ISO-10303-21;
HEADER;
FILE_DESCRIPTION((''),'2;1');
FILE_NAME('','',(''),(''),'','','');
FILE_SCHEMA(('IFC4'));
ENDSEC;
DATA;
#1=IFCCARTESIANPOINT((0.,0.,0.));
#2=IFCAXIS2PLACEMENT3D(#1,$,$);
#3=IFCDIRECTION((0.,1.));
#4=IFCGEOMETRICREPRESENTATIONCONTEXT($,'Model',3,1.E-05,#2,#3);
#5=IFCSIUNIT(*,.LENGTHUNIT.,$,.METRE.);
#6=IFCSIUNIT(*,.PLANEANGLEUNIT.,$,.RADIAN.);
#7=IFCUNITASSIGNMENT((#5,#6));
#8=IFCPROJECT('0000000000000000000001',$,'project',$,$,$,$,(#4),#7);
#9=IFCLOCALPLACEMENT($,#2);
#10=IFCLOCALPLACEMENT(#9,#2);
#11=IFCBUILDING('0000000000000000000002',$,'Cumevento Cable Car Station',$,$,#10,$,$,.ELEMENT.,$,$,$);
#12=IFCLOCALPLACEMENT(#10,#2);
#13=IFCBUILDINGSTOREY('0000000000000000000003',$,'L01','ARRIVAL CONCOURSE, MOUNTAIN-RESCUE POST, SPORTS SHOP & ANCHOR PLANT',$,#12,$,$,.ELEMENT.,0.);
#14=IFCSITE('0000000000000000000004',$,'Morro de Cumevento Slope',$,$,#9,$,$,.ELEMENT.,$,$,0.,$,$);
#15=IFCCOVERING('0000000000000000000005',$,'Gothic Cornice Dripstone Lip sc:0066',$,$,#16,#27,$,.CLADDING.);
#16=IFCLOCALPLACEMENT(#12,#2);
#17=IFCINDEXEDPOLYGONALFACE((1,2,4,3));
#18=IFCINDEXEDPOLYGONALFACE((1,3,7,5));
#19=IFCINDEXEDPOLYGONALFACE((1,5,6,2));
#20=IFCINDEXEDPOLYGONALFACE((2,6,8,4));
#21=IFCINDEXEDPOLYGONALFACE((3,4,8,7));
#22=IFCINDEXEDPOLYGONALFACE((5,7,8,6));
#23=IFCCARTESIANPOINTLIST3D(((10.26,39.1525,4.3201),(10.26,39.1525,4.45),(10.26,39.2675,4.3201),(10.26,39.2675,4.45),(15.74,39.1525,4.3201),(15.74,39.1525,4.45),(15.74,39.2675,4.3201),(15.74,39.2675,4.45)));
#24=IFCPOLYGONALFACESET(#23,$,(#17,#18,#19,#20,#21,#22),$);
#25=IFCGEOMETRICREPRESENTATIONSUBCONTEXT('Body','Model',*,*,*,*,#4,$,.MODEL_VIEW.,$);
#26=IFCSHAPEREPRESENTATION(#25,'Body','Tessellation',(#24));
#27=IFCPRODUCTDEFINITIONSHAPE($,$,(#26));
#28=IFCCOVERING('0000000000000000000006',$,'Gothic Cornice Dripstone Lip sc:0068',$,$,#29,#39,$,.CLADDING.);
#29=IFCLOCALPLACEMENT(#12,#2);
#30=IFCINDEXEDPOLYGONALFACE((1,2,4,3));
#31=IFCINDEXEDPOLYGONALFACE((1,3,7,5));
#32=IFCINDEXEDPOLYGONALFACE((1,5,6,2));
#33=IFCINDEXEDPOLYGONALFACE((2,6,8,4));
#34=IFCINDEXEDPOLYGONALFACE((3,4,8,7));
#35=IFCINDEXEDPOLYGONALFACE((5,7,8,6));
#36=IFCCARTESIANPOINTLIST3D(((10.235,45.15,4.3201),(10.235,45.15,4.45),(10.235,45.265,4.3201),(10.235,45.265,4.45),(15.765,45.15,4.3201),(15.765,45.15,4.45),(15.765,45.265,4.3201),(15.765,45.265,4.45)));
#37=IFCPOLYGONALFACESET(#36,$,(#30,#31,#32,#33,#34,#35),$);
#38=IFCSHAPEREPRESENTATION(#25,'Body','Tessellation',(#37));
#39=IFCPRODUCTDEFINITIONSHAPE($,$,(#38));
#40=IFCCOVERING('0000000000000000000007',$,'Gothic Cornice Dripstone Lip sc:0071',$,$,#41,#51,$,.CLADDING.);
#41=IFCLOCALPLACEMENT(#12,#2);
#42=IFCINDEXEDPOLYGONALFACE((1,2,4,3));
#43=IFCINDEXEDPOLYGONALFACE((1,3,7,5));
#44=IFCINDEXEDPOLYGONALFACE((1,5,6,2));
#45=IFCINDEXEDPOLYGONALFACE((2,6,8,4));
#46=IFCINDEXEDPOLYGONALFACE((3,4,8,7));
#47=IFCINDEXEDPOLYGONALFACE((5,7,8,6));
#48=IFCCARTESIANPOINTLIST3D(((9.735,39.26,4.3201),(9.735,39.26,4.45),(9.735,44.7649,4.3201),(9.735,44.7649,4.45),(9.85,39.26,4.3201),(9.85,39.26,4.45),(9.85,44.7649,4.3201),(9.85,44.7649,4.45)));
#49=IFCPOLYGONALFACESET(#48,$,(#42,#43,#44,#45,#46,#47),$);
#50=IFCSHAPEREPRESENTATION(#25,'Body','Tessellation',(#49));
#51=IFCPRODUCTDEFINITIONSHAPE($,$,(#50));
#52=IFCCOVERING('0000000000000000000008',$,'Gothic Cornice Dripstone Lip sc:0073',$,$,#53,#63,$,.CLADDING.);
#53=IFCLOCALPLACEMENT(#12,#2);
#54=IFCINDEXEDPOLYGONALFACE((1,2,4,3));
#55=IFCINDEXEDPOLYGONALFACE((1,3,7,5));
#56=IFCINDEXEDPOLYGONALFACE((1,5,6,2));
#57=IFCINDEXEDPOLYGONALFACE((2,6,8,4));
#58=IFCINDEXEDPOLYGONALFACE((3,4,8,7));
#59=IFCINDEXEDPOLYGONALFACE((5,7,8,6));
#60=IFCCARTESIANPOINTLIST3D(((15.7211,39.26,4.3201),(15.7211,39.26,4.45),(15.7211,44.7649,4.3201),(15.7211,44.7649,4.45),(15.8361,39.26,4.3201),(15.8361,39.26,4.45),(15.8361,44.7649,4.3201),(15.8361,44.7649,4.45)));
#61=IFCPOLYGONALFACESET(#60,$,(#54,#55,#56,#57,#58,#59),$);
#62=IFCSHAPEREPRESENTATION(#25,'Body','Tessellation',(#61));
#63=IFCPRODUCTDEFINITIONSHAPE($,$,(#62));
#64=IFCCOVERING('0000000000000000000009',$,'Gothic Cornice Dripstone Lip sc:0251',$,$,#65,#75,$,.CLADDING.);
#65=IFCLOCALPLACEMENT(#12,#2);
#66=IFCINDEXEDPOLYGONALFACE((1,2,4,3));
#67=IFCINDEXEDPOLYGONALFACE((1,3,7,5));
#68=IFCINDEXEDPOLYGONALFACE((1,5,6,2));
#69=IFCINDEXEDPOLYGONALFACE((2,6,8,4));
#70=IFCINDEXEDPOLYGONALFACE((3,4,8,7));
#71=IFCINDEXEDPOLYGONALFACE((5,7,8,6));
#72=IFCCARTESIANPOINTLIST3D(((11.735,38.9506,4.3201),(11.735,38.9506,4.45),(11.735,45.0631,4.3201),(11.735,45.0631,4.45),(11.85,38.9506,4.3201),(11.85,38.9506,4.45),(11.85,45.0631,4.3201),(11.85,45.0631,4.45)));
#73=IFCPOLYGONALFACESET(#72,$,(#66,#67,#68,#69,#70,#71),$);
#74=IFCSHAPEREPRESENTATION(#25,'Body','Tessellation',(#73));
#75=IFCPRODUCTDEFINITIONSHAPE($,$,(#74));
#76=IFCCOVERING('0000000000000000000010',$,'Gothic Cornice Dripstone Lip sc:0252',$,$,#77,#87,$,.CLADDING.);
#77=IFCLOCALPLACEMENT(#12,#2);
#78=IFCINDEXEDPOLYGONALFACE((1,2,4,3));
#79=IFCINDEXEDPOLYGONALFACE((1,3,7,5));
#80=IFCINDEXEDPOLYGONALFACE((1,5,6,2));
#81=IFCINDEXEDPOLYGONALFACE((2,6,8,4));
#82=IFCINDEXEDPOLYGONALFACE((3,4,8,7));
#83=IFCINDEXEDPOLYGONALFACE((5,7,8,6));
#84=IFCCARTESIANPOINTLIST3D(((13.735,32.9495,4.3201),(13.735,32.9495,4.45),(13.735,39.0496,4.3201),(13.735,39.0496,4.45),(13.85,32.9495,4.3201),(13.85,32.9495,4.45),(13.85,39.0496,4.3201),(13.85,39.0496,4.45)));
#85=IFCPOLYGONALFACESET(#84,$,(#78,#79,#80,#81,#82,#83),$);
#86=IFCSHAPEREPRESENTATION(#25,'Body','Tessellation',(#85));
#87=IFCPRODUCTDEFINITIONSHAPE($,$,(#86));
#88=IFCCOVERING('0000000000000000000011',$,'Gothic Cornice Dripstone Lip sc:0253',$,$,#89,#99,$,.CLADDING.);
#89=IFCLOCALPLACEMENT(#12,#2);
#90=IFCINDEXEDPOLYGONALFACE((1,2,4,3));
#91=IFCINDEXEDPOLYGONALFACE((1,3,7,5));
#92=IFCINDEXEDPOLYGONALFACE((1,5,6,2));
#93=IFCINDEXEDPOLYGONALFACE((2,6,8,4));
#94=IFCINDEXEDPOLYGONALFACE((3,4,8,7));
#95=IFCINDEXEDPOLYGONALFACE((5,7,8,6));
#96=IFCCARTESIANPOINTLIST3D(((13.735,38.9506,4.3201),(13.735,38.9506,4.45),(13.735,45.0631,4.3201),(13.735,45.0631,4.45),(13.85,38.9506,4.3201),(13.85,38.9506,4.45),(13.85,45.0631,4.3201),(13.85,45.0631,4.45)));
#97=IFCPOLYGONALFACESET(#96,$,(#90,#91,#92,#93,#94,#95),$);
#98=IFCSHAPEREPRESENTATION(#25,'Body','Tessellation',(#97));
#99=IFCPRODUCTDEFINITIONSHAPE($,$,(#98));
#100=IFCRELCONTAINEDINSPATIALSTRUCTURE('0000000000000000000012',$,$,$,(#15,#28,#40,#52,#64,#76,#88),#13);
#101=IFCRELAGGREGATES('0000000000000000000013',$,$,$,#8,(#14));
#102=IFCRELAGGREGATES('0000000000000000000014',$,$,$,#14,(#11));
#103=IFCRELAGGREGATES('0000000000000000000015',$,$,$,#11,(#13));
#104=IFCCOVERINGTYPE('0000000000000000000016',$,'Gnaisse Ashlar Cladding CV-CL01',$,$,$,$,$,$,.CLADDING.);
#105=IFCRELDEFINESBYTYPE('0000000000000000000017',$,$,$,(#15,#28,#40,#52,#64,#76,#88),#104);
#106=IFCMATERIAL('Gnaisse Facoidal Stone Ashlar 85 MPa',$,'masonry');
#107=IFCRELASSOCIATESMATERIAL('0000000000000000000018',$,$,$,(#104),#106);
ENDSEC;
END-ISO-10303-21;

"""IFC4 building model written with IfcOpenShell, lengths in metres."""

from ifc_helpers import new_model, si_unit, direction, frame, origin, origin_2d, place, context, subcontext, project, spatial, rectangle, extrude, material, type_object, element, save


model = new_model("IFC4")

# Units and contexts
model_context = context("Model", 3, precision=1e-05, world=origin(), true_north=direction((0.0, 1.0)))
body_context = subcontext(model_context, "Body", "Model", "MODEL_VIEW")
ifc_project = project(units=[si_unit("LENGTHUNIT", "METRE"), si_unit("PLANEANGLEUNIT", "RADIAN")], contexts=[model_context])

# Site, building, storey
site_placement = place(None, origin())
site = spatial("IfcSite", under=ifc_project, at=site_placement, Name="Morro de Cumevento Slope", CompositionType="ELEMENT", RefElevation=0.0)
building_placement = place(site_placement, origin())
building = spatial("IfcBuilding", under=site, at=building_placement, Name="Cumevento Cable Car Station", CompositionType="ELEMENT")
storey_placement = place(building_placement, origin())
storey = spatial("IfcBuildingStorey", under=building, at=storey_placement, Name="L01", Description="ARRIVAL CONCOURSE, MOUNTAIN-RESCUE POST, SPORTS SHOP & ANCHOR PLANT", CompositionType="ELEMENT", Elevation=0.0)

# Coverings
ifc_material = material(Name="Gnaisse Facoidal Stone Ashlar 85 MPa", Category="masonry")
covering_type = type_object("IfcCoveringType", Name="Gnaisse Ashlar Cladding CV-CL01", PredefinedType="CLADDING", material=ifc_material)
covering_1_placement = place(storey_placement, frame((13.0, 39.21, 4.3201), z_axis=(0.0, 0.0, 1.0), x_axis=(1.0, 0.0, 0.0)))
element("IfcCovering", 1, at=covering_1_placement, inside=storey, type_object=covering_type, Name="Gothic Cornice Dripstone Lip sc:0066", PredefinedType="CLADDING", context=body_context, shape_type="SweptSolid", body=[
    extrude(rectangle(XDim=5.48, YDim=0.115, at=origin_2d()), origin(), (0.0, 0.0, 1.0), 0.1299),
])
covering_2_placement = place(storey_placement, frame((13.0, 45.2075, 4.3201), z_axis=(0.0, 0.0, 1.0), x_axis=(1.0, 0.0, 0.0)))
element("IfcCovering", 2, at=covering_2_placement, inside=storey, type_object=covering_type, Name="Gothic Cornice Dripstone Lip sc:0068", PredefinedType="CLADDING", context=body_context, shape_type="SweptSolid", body=[
    extrude(rectangle(XDim=5.53, YDim=0.115, at=origin_2d()), origin(), (0.0, 0.0, 1.0), 0.1299),
])
for number, where, z_axis, x_axis, name in (
    (3, (9.7925, 42.0125, 4.3201), (0.0, 0.0, 1.0), (0.0, 1.0, 0.0), "Gothic Cornice Dripstone Lip sc:0071"),
    (4, (15.7786, 42.0125, 4.3201), (0.0, 0.0, 1.0), (0.0, 1.0, 0.0), "Gothic Cornice Dripstone Lip sc:0073"),
):
    element("IfcCovering", number, at=place(storey_placement, frame(where, z_axis=z_axis, x_axis=x_axis)), inside=storey, type_object=covering_type, Name=name, PredefinedType="CLADDING", context=body_context, shape_type="SweptSolid", body=[
        extrude(rectangle(XDim=5.5049, YDim=0.115, at=origin_2d()), origin(), (0.0, 0.0, 1.0), 0.1299),
    ])
covering_3_placement = place(storey_placement, frame((11.7925, 42.0068, 4.3201), z_axis=(0.0, 0.0, 1.0), x_axis=(0.0, 1.0, 0.0)))
element("IfcCovering", 5, at=covering_3_placement, inside=storey, type_object=covering_type, Name="Gothic Cornice Dripstone Lip sc:0251", PredefinedType="CLADDING", context=body_context, shape_type="SweptSolid", body=[
    extrude(rectangle(XDim=6.1125, YDim=0.115, at=origin_2d()), origin(), (0.0, 0.0, 1.0), 0.1299),
])
covering_4_placement = place(storey_placement, frame((13.7925, 35.9995, 4.3201), z_axis=(0.0, 0.0, 1.0), x_axis=(0.0, 1.0, 0.0)))
element("IfcCovering", 6, at=covering_4_placement, inside=storey, type_object=covering_type, Name="Gothic Cornice Dripstone Lip sc:0252", PredefinedType="CLADDING", context=body_context, shape_type="SweptSolid", body=[
    extrude(rectangle(XDim=6.1001, YDim=0.115, at=origin_2d()), origin(), (0.0, 0.0, 1.0), 0.1299),
])
covering_5_placement = place(storey_placement, frame((13.7925, 42.0068, 4.3201), z_axis=(0.0, 0.0, 1.0), x_axis=(0.0, 1.0, 0.0)))
element("IfcCovering", 7, at=covering_5_placement, inside=storey, type_object=covering_type, Name="Gothic Cornice Dripstone Lip sc:0253", PredefinedType="CLADDING", context=body_context, shape_type="SweptSolid", body=[
    extrude(rectangle(XDim=6.1125, YDim=0.115, at=origin_2d()), origin(), (0.0, 0.0, 1.0), 0.1299),
])

save(model, "model.ifc")
